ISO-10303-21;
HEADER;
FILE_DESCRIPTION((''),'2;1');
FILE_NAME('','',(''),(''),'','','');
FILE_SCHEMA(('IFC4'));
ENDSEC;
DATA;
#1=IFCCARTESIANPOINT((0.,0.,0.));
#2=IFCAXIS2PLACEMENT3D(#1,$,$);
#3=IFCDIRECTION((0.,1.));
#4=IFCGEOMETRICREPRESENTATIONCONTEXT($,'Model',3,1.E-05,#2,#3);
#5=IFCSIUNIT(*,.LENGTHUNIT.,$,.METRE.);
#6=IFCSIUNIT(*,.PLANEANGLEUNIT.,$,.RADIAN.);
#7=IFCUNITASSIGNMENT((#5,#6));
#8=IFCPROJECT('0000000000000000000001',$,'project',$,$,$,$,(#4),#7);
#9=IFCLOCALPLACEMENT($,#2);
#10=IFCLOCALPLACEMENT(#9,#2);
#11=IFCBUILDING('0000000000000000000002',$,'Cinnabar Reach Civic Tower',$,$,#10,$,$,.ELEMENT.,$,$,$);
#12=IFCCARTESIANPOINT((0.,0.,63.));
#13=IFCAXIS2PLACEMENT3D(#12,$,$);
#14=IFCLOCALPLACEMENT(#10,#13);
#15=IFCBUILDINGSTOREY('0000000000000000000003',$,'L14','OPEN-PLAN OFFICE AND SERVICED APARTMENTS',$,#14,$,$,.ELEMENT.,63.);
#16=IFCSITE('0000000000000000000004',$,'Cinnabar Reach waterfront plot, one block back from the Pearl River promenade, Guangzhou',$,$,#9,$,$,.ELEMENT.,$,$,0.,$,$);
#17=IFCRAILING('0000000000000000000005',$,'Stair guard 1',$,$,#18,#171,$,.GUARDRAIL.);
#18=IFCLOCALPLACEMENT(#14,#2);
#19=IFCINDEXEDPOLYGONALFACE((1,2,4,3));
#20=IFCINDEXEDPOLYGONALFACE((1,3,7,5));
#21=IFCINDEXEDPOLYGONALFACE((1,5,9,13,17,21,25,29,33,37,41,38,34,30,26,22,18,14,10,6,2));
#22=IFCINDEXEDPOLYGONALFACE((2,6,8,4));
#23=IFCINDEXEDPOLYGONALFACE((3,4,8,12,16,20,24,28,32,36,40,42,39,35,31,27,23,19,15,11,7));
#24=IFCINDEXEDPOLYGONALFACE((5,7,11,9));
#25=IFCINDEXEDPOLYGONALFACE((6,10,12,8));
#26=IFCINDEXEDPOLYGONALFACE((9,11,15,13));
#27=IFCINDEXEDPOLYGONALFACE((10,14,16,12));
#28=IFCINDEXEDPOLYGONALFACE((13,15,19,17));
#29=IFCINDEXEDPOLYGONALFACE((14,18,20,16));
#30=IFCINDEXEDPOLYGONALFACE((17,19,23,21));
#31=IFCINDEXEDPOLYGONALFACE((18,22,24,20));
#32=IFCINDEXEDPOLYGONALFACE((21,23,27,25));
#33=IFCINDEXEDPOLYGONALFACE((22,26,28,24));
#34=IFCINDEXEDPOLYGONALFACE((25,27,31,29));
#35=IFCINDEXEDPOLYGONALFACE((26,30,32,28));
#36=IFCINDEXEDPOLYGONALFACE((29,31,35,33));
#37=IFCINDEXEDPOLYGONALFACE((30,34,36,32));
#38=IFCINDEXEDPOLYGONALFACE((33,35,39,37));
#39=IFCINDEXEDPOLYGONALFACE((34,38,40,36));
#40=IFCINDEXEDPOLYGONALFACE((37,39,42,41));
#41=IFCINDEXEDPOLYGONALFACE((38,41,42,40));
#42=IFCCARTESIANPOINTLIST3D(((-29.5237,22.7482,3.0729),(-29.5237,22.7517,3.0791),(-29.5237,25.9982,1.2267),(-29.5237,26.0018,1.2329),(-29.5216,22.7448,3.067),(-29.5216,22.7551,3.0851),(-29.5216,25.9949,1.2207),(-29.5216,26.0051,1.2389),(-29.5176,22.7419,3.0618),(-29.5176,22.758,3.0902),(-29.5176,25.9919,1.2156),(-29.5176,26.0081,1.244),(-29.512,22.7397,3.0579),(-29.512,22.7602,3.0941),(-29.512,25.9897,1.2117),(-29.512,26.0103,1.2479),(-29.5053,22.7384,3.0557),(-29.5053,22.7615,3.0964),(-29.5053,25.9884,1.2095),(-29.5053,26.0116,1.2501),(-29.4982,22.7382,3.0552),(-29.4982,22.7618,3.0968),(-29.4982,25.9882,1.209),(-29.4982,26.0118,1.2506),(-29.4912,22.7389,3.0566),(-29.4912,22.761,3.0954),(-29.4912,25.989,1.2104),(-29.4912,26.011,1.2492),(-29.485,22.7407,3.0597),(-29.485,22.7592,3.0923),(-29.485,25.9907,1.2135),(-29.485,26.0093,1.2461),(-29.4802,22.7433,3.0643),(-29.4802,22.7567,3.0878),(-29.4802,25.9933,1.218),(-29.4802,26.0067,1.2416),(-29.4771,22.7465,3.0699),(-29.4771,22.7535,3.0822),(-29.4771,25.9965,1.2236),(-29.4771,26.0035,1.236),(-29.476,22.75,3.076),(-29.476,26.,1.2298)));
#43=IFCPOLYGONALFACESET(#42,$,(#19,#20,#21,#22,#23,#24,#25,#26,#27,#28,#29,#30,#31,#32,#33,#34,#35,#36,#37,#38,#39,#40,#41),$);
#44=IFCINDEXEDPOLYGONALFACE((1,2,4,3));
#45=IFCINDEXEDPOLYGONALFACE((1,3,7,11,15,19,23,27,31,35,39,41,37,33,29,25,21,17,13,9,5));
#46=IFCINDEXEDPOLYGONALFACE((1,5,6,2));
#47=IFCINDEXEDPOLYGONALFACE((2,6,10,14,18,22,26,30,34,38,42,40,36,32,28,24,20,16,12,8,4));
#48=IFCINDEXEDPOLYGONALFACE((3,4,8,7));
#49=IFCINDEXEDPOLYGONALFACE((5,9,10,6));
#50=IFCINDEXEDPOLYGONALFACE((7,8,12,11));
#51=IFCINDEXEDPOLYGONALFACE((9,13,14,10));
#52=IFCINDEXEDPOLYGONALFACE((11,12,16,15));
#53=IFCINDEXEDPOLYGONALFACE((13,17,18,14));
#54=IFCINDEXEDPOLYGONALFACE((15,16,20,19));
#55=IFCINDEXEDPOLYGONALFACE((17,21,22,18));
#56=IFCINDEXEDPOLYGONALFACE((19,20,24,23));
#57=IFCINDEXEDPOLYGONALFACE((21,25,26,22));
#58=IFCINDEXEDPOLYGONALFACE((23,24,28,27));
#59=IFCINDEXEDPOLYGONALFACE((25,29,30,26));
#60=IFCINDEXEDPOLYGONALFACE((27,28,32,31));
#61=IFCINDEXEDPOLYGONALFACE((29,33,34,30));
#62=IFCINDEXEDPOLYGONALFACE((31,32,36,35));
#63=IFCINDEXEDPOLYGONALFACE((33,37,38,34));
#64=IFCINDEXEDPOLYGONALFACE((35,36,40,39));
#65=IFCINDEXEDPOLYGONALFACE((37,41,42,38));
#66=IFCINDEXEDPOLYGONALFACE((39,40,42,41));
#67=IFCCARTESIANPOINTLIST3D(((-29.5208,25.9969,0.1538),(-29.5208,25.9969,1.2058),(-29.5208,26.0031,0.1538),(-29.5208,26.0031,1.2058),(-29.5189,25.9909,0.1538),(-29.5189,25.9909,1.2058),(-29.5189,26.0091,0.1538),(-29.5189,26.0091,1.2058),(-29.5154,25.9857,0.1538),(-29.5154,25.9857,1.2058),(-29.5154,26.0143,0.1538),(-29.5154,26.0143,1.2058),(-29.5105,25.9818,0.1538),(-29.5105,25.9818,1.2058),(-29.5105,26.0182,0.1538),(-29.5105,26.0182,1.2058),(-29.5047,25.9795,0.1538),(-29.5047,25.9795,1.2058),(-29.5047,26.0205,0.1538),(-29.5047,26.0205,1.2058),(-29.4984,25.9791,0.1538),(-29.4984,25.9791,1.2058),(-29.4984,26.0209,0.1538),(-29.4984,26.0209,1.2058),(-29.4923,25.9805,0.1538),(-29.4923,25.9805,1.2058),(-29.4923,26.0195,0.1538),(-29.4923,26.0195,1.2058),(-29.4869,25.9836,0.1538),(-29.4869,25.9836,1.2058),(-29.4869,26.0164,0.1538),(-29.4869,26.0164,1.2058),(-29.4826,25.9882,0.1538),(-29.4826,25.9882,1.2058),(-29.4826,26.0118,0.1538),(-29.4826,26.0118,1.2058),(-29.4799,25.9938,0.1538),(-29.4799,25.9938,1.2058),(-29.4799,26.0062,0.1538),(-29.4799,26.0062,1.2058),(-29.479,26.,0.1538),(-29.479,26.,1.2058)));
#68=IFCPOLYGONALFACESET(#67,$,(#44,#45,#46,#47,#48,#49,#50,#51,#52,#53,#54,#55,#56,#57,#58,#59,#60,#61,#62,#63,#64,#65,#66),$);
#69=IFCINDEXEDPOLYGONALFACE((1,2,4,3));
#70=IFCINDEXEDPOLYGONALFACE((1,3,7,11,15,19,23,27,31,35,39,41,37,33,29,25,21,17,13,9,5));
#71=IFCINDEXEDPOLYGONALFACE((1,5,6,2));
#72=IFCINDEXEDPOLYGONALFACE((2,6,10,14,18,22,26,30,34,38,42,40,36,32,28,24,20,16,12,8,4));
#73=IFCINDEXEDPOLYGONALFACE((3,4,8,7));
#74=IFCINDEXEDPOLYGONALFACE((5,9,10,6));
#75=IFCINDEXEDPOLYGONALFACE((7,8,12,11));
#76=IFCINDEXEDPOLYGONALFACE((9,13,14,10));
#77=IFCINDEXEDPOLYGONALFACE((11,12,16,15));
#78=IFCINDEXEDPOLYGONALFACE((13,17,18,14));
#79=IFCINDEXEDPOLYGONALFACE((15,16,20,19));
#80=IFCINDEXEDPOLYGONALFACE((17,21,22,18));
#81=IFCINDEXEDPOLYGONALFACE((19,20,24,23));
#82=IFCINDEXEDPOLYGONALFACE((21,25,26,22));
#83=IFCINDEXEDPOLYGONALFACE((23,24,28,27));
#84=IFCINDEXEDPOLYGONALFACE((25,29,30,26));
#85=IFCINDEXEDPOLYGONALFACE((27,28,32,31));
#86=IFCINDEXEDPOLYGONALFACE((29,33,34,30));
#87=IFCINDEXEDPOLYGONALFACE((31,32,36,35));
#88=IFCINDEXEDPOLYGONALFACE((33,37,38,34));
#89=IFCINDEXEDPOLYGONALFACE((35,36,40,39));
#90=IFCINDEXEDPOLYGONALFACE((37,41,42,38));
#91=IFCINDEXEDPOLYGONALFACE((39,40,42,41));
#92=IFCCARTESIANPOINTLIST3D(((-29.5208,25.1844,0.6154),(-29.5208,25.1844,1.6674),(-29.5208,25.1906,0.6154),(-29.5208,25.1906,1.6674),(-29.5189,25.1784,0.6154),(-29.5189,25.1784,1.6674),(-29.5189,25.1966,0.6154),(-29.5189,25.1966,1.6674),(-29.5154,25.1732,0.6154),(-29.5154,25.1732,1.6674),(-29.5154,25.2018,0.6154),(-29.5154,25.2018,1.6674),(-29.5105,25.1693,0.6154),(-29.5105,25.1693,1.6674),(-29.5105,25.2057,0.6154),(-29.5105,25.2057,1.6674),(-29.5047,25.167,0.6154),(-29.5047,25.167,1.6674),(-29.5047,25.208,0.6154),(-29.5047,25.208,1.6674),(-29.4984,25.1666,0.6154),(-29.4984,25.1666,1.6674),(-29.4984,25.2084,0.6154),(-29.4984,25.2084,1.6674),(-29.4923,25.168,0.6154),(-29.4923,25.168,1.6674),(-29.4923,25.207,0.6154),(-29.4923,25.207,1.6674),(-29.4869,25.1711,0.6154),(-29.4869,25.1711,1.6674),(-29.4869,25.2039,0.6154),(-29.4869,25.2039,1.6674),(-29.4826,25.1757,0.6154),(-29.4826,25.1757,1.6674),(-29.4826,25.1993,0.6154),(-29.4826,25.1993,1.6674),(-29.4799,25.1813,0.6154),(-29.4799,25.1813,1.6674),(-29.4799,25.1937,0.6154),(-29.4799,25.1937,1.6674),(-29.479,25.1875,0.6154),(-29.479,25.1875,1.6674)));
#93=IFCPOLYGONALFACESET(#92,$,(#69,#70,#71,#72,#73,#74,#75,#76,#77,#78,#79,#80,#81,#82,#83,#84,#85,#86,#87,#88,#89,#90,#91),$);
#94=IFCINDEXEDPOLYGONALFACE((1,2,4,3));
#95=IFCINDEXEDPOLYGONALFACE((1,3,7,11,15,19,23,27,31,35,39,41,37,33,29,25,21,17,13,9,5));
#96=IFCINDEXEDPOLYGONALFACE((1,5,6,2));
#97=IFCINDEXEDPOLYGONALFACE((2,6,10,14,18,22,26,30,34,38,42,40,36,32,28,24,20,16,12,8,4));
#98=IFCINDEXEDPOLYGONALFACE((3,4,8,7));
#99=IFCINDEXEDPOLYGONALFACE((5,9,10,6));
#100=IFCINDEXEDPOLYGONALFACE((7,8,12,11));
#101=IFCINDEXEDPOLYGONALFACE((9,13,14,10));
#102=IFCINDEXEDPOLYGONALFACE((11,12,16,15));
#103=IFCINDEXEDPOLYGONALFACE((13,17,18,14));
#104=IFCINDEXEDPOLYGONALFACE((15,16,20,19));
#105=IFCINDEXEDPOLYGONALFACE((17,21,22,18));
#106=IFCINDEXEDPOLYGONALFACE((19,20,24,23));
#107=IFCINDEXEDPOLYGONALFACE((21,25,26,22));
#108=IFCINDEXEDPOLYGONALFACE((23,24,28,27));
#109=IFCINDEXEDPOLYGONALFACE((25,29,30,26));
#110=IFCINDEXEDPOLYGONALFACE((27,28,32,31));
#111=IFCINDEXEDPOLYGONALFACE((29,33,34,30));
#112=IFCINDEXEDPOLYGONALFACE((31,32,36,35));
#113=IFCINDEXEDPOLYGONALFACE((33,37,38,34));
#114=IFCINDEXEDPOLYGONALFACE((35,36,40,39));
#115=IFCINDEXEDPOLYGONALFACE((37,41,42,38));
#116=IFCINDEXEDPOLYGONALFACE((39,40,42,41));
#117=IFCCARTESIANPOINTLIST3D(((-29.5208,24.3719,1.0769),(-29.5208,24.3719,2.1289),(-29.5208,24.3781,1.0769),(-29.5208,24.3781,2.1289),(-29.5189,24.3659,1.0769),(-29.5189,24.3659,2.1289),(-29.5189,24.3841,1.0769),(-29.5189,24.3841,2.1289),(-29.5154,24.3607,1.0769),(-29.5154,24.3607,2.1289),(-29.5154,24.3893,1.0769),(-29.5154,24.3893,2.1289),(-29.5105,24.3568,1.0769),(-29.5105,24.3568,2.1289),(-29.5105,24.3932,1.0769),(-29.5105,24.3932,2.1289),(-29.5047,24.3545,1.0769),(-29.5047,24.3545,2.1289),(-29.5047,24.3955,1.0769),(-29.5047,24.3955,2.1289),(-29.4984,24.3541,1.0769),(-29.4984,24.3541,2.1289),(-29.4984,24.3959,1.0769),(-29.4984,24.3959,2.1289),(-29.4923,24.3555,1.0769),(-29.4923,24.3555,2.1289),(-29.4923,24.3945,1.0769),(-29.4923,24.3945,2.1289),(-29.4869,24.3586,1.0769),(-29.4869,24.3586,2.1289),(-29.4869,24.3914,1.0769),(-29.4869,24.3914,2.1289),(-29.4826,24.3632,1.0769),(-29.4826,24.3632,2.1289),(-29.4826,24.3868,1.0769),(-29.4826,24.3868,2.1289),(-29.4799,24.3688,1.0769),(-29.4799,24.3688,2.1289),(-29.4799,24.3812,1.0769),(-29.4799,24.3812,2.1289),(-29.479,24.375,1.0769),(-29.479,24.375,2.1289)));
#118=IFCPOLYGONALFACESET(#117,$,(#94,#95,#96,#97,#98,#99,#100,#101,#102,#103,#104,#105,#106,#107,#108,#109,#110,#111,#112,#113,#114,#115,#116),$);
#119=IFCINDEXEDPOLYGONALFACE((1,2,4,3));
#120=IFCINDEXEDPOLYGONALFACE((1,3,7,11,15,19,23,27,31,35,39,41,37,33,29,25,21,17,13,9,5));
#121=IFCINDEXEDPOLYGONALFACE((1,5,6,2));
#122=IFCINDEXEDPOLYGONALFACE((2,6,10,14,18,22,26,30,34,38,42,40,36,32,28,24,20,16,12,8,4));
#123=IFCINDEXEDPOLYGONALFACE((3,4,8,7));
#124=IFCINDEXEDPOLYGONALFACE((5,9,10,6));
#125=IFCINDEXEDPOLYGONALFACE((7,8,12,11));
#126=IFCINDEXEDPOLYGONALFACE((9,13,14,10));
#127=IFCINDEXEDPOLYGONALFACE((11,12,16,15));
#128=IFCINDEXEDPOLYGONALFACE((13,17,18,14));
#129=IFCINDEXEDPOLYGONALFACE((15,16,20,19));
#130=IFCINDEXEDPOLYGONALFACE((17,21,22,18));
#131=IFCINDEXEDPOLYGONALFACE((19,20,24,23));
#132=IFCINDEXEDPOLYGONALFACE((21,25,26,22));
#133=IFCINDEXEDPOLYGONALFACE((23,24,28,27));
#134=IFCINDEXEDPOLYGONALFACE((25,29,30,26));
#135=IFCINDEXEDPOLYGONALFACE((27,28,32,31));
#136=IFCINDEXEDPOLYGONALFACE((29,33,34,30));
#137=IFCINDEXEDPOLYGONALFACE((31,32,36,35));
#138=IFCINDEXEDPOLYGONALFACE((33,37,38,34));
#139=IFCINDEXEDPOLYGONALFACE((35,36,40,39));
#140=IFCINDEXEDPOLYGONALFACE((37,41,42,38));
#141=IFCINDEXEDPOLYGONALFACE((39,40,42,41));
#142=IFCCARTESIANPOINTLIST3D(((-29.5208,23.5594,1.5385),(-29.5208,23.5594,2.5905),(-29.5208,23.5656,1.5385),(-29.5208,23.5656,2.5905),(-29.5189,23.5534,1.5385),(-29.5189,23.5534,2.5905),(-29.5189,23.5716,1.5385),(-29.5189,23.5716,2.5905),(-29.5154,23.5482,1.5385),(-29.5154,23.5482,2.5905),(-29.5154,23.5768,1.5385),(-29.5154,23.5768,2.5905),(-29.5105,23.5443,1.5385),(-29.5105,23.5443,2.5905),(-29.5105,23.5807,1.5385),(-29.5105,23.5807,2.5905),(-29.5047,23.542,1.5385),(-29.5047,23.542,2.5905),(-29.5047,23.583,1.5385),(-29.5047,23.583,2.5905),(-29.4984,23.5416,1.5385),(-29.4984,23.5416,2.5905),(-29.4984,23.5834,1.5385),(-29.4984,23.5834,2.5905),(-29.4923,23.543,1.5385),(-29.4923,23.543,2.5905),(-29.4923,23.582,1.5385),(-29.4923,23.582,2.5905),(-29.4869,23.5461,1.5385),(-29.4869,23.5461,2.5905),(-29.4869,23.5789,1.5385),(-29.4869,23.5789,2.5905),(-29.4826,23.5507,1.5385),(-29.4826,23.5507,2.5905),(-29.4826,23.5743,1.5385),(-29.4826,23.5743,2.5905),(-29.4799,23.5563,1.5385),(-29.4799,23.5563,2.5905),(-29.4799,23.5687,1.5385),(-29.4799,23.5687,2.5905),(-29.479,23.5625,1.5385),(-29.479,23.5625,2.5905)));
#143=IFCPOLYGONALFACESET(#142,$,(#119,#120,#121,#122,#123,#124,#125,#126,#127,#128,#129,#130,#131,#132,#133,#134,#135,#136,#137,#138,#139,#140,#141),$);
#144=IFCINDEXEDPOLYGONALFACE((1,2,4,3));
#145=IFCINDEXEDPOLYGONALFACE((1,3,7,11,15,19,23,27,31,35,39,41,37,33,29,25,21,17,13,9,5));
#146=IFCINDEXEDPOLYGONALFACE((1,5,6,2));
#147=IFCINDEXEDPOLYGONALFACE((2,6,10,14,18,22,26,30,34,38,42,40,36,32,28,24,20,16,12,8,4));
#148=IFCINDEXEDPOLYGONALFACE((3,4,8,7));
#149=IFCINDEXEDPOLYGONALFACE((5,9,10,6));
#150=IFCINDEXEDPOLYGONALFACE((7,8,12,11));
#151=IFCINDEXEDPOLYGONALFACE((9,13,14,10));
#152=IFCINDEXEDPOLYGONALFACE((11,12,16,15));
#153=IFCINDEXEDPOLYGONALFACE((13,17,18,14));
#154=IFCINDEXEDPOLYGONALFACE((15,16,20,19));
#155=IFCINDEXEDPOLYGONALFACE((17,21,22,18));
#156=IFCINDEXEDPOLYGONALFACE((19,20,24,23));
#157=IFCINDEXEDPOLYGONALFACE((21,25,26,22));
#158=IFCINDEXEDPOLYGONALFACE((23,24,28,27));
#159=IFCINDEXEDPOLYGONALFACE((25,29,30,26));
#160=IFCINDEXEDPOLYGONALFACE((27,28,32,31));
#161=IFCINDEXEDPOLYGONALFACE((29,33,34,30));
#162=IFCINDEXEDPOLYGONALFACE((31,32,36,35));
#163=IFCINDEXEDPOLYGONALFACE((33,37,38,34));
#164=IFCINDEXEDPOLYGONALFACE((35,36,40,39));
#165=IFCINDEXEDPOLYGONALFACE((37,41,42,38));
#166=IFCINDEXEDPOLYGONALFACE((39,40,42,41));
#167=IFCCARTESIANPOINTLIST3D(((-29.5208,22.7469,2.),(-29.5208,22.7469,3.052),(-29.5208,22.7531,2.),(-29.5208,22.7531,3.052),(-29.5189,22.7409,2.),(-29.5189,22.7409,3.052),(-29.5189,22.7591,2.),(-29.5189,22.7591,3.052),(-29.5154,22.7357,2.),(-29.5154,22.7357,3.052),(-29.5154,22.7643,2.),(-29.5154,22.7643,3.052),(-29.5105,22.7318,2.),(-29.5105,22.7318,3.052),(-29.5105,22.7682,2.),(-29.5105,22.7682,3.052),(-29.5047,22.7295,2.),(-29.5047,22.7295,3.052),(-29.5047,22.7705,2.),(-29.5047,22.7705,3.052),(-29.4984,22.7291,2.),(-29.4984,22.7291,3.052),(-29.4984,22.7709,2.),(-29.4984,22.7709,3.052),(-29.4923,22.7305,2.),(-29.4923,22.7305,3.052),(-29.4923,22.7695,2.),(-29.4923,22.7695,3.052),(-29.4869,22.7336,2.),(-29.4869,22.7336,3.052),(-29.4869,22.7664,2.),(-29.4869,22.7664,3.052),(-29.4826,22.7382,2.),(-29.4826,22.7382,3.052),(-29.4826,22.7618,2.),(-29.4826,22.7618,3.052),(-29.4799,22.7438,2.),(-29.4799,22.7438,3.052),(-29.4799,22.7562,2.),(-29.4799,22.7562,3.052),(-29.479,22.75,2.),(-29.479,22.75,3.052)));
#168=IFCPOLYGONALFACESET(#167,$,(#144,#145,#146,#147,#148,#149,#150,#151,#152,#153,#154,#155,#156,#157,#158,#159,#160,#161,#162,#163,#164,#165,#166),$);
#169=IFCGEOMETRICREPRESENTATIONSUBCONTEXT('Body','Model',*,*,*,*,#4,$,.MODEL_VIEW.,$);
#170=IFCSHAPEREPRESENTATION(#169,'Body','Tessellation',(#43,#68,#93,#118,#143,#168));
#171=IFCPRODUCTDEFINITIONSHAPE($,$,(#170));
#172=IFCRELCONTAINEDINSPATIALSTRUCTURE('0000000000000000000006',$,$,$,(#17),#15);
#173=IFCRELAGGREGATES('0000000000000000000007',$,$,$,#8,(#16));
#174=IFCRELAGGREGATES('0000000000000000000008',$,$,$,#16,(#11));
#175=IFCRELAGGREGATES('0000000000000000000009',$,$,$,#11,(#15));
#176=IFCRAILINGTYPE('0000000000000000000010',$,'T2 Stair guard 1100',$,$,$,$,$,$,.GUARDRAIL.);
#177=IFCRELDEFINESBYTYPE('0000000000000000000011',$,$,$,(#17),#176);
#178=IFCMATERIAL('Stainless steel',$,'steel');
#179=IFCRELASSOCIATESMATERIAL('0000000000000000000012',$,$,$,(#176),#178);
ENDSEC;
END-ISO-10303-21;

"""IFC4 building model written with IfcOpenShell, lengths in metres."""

from ifc_helpers import new_model, si_unit, direction, frame, origin, origin_2d, place, context, subcontext, project, spatial, circle, extrude, material, type_object, element, save


model = new_model("IFC4")

# Units and contexts
model_context = context("Model", 3, precision=1e-05, world=origin(), true_north=direction((0.0, 1.0)))
body_context = subcontext(model_context, "Body", "Model", "MODEL_VIEW")
ifc_project = project(units=[si_unit("LENGTHUNIT", "METRE"), si_unit("PLANEANGLEUNIT", "RADIAN")], contexts=[model_context])

# Site, building, storey
site_placement = place(None, origin())
site = spatial("IfcSite", under=ifc_project, at=site_placement, Name="Cinnabar Reach waterfront plot, one block back from the Pearl River promenade, Guangzhou", CompositionType="ELEMENT", RefElevation=0.0)
building_placement = place(site_placement, origin())
building = spatial("IfcBuilding", under=site, at=building_placement, Name="Cinnabar Reach Civic Tower", CompositionType="ELEMENT")
storey_placement = place(building_placement, frame((0.0, 0.0, 63.0)))
storey = spatial("IfcBuildingStorey", under=building, at=storey_placement, Name="L14", Description="OPEN-PLAN OFFICE AND SERVICED APARTMENTS", CompositionType="ELEMENT", Elevation=63.0)

# Railing
ifc_material_1 = material(Name="Stainless steel", Category="steel")
railing_type = type_object("IfcRailingType", Name="T2 Stair guard 1100", PredefinedType="GUARDRAIL", material=ifc_material_1)
railing_1_placement = place(storey_placement, frame((-29.5, 26.0, 0.1538)))
element("IfcRailing", 1, at=railing_1_placement, inside=storey, type_object=railing_type, Name="Stair guard 1", PredefinedType="GUARDRAIL", context=body_context, shape_type="SweptSolid", body=[
    extrude(circle(Radius=0.024, at=origin_2d()), frame((0.0, 0.0, 1.076), z_axis=(0.0, -0.869501, 0.49393), x_axis=(1.0, 0.0, 0.0)), (0.0, 0.0, 1.0), 3.7378),
    extrude(circle(Radius=0.021, at=origin_2d()), origin(), (0.0, 0.0, 1.0), 1.052),
    extrude(circle(Radius=0.021, at=origin_2d()), frame((0.0, -0.8125, 0.4616)), (0.0, 0.0, 1.0), 1.052),
    extrude(circle(Radius=0.021, at=origin_2d()), frame((0.0, -1.625, 0.9231)), (0.0, 0.0, 1.0), 1.052),
    extrude(circle(Radius=0.021, at=origin_2d()), frame((0.0, -2.4375, 1.3847)), (0.0, 0.0, 1.0), 1.052),
    extrude(circle(Radius=0.021, at=origin_2d()), frame((0.0, -3.25, 1.8462)), (0.0, 0.0, 1.0), 1.052),
])

save(model, "model.ifc")
